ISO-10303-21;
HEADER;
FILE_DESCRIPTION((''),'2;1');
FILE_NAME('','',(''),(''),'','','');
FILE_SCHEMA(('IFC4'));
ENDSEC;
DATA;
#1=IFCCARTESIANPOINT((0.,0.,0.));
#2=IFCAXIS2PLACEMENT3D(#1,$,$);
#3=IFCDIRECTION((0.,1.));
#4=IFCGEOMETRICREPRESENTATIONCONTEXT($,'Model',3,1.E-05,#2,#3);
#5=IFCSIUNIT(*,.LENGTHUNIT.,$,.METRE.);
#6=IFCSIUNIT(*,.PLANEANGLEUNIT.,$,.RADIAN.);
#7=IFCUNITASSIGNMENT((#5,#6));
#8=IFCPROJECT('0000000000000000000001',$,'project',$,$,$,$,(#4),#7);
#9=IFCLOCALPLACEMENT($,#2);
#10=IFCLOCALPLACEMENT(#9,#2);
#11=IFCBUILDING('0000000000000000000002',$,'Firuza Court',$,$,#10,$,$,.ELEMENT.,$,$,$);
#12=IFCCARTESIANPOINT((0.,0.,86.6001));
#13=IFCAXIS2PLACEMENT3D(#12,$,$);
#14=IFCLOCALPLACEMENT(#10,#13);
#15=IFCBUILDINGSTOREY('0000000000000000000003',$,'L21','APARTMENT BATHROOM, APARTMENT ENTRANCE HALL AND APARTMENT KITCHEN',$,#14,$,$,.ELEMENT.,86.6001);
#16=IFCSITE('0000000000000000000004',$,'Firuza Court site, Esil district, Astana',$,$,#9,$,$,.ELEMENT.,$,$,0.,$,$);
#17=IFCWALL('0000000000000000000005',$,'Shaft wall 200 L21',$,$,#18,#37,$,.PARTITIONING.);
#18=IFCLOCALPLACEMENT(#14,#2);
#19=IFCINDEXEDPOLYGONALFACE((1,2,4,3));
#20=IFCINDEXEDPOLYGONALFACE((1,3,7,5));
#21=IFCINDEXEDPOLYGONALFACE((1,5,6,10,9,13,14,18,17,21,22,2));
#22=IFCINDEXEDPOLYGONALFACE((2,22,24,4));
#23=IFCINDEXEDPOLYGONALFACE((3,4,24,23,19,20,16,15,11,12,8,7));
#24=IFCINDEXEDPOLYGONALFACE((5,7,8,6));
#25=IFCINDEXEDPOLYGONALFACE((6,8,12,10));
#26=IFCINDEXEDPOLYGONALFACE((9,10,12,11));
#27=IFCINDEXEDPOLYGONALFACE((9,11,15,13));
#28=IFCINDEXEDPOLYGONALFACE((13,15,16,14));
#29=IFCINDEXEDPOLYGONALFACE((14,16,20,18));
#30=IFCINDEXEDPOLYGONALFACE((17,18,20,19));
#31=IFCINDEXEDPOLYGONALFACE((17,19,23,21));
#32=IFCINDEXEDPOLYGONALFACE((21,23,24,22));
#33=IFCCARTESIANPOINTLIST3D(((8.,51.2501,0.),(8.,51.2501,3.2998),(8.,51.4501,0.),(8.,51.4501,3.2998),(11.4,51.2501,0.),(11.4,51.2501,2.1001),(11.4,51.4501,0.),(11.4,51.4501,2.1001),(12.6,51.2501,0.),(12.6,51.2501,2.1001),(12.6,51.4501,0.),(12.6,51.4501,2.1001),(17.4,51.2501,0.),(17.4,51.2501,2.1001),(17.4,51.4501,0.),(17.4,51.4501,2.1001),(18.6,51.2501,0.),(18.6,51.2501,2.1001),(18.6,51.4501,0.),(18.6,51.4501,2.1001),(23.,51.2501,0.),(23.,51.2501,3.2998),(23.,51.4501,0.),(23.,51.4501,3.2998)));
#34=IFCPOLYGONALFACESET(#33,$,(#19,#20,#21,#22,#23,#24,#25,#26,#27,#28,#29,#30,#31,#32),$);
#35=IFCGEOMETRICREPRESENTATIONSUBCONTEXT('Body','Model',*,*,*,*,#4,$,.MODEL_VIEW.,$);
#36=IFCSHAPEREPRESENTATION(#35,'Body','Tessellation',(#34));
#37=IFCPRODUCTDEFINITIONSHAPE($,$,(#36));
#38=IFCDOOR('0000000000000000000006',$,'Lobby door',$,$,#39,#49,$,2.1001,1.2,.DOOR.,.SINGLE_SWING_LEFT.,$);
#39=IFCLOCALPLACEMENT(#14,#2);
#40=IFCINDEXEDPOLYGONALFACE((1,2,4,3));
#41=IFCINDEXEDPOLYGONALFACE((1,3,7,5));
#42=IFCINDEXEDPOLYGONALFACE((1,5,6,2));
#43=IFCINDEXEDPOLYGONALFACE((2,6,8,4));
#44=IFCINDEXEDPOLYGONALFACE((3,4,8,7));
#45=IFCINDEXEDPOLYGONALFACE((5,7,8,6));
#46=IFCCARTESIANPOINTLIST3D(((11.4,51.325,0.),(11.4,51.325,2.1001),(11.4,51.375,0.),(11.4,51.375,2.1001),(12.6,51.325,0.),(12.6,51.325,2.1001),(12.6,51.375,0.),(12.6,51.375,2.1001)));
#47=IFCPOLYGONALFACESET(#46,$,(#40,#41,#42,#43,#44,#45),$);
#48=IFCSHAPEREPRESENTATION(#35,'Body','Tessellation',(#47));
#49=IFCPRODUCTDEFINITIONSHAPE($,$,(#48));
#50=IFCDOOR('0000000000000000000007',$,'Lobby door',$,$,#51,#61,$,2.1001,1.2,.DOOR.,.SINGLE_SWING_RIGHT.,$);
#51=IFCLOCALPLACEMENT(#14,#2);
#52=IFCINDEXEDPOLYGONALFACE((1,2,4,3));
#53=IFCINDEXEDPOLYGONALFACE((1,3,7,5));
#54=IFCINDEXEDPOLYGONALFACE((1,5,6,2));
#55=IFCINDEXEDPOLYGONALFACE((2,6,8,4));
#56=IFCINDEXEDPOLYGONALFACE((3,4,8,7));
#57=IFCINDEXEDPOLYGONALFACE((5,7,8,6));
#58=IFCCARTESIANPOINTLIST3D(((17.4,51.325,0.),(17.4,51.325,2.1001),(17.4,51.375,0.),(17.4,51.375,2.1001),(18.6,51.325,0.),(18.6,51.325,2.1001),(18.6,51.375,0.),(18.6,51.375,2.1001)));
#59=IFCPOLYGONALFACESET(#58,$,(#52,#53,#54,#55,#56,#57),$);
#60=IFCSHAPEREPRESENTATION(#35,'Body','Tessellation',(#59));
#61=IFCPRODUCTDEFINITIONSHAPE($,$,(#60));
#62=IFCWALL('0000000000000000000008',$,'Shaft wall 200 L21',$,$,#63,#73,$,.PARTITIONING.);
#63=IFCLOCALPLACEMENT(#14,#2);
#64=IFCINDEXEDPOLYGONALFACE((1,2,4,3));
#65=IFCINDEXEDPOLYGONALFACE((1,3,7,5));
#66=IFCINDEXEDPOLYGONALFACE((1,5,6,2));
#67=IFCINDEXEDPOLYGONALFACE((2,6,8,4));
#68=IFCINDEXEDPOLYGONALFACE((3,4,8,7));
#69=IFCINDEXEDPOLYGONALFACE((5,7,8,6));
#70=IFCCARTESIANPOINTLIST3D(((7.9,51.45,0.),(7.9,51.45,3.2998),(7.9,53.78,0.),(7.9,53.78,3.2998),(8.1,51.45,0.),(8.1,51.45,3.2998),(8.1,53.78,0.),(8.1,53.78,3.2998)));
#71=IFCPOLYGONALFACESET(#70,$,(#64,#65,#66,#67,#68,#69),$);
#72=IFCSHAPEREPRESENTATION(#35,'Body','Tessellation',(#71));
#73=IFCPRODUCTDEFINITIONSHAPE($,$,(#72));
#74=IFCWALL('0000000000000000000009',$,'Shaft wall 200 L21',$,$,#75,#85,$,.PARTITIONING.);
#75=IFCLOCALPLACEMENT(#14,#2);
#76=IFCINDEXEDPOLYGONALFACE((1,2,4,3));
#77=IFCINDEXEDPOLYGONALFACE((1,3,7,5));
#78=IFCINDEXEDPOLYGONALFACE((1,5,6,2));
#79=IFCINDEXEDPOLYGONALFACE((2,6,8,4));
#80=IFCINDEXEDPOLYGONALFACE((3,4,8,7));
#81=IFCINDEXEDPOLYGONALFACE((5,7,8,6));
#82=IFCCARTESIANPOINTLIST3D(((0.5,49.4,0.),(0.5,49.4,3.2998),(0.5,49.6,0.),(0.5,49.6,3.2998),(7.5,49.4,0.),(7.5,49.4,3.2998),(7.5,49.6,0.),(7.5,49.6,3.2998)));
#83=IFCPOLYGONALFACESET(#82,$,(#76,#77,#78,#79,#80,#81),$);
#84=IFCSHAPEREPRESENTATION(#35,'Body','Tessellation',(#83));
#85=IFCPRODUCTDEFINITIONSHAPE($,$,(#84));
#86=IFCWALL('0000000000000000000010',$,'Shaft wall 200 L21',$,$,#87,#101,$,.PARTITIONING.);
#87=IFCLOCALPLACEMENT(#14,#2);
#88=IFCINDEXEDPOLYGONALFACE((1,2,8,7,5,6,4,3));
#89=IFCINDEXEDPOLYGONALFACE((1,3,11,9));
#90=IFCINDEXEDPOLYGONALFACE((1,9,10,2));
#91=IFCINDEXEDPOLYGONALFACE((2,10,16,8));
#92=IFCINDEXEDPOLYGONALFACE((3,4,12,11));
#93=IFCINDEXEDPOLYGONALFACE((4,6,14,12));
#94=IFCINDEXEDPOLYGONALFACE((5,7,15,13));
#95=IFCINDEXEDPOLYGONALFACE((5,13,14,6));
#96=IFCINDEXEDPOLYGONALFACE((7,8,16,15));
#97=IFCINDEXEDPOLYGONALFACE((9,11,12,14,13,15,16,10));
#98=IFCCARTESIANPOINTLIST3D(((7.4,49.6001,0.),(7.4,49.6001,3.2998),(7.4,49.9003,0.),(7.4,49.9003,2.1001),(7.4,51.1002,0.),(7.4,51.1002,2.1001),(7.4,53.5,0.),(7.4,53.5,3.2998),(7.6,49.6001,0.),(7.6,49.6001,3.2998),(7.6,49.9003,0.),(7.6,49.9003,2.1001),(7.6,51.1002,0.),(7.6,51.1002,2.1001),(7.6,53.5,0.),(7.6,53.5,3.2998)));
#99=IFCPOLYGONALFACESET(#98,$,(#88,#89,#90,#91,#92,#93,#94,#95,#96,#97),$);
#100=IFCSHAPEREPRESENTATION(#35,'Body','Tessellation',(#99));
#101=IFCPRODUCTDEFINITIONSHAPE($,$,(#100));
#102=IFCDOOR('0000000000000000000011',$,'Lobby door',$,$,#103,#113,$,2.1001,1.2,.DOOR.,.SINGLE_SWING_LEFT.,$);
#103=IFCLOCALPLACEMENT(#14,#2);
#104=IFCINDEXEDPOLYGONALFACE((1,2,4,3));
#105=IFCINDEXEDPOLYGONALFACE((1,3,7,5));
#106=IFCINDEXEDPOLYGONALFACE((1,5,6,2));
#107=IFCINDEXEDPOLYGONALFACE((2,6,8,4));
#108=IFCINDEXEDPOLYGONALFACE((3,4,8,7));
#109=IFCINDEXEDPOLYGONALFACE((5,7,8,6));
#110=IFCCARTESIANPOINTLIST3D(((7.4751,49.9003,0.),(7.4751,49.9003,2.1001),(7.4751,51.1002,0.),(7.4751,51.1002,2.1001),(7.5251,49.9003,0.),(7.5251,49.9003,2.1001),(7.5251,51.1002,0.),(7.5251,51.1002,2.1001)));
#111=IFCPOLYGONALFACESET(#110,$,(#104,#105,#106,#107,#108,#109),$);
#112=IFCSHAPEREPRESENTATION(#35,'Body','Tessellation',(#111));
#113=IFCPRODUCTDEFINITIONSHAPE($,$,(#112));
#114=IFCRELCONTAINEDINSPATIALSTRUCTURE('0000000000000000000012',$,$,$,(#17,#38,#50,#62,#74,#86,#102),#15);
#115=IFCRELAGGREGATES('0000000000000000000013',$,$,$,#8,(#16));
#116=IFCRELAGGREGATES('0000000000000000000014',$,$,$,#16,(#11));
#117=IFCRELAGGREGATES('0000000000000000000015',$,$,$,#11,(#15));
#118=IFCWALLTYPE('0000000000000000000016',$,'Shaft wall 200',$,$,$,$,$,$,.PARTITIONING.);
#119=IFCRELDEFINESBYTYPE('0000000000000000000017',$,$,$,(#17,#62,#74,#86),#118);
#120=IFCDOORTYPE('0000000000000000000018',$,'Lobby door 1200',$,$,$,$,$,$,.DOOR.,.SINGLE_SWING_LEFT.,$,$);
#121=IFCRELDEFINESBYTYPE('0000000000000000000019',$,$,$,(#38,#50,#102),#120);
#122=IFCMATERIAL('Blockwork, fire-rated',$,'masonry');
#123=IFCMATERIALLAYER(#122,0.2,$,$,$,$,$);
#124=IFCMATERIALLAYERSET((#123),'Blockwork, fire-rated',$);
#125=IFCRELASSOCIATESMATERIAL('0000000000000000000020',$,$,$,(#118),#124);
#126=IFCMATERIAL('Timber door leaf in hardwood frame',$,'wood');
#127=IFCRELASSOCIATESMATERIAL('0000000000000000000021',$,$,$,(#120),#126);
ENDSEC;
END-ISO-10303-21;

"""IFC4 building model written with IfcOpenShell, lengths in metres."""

from ifc_helpers import new_model, si_unit, direction, frame, frame_2d, origin, place, context, subcontext, project, spatial, rectangle, extrude, material, layer, layer_set, type_object, element, fill, save


model = new_model("IFC4")

# Units and contexts
model_context = context("Model", 3, precision=1e-05, world=origin(), true_north=direction((0.0, 1.0)))
body_context = subcontext(model_context, "Body", "Model", "MODEL_VIEW")
ifc_project = project(units=[si_unit("LENGTHUNIT", "METRE"), si_unit("PLANEANGLEUNIT", "RADIAN")], contexts=[model_context])

# Site, building, storey
site_placement = place(None, origin())
site = spatial("IfcSite", under=ifc_project, at=site_placement, Name="Firuza Court site, Esil district, Astana", CompositionType="ELEMENT", RefElevation=0.0)
building_placement = place(site_placement, origin())
building = spatial("IfcBuilding", under=site, at=building_placement, Name="Firuza Court", CompositionType="ELEMENT")
storey_placement = place(building_placement, frame((0.0, 0.0, 86.6001)))
storey = spatial("IfcBuildingStorey", under=building, at=storey_placement, Name="L21", Description="APARTMENT BATHROOM, APARTMENT ENTRANCE HALL AND APARTMENT KITCHEN", CompositionType="ELEMENT", Elevation=86.6001)

# Wall, openings, doors
ifc_material_1 = material(Name="Blockwork, fire-rated", Category="masonry")
ifc_layer_1 = layer(ifc_material_1, 0.2)
ifc_layer_set_1 = layer_set([ifc_layer_1], Name="Blockwork, fire-rated")
wall_type_1 = type_object("IfcWallType", Name="Shaft wall 200", PredefinedType="PARTITIONING", material=ifc_layer_set_1)
wall_1_placement = place(storey_placement, frame((8.0, 51.3501, 0.0), z_axis=(0.0, 0.0, 1.0), x_axis=(1.0, 0.0, 0.0)))
wall_1 = element("IfcWall", 1, at=wall_1_placement, inside=storey, type_object=wall_type_1, Name="Shaft wall 200 L21", PredefinedType="PARTITIONING", context=body_context, shape_type="SweptSolid", body=[
    extrude(rectangle(XDim=15.0, YDim=0.2, at=frame_2d((7.5, 0.0))), origin(), (0.0, 0.0, 1.0), 3.2998),
])
opening_1_placement = place(wall_1_placement, frame((3.3999, 0.0, 0.0)))
opening_1 = element("IfcOpeningElement", 2, at=opening_1_placement, cuts=wall_1, PredefinedType="OPENING", context=body_context, shape_type="SweptSolid", body=[
    extrude(rectangle(XDim=1.2, YDim=2.1001, at=frame_2d((0.6001, 1.05))), frame((0.0, 0.1118, 0.0), z_axis=(0.0, -1.0, 0.0), x_axis=(1.0, 0.0, 0.0)), (0.0, 0.0, 1.0), 0.2239),
])
opening_2_placement = place(wall_1_placement, frame((9.3999, 0.0, 0.0)))
opening_2 = element("IfcOpeningElement", 3, at=opening_2_placement, cuts=wall_1, PredefinedType="OPENING", context=body_context, shape_type="SweptSolid", body=[
    extrude(rectangle(XDim=1.2, YDim=2.1001, at=frame_2d((0.6001, 1.05))), frame((0.0, 0.1118, 0.0), z_axis=(0.0, -1.0, 0.0), x_axis=(1.0, 0.0, 0.0)), (0.0, 0.0, 1.0), 0.2239),
])
ifc_material_2 = material(Name="Timber door leaf in hardwood frame", Category="wood")
door_type_1 = type_object("IfcDoorType", Name="Lobby door 1200", OperationType="SINGLE_SWING_LEFT", PredefinedType="DOOR", material=ifc_material_2)
door_1_placement = place(opening_1_placement, origin())
door_1 = element("IfcDoor", 4, at=door_1_placement, inside=storey, type_object=door_type_1, Name="Lobby door", OperationType="SINGLE_SWING_LEFT", OverallHeight=2.1001, OverallWidth=1.2, PredefinedType="DOOR", context=body_context, shape_type="SweptSolid", body=[
    extrude(rectangle(XDim=1.2, YDim=2.1001, at=frame_2d((0.6001, 1.05))), frame((0.0, 0.0249, 0.0), z_axis=(0.0, -1.0, 0.0), x_axis=(1.0, 0.0, 0.0)), (0.0, 0.0, 1.0), 0.05),
])
fill(opening_1, door_1)
door_2_placement = place(opening_2_placement, origin())
door_2 = element("IfcDoor", 5, at=door_2_placement, inside=storey, type_object=door_type_1, Name="Lobby door", OperationType="SINGLE_SWING_RIGHT", OverallHeight=2.1001, OverallWidth=1.2, PredefinedType="DOOR", context=body_context, shape_type="SweptSolid", body=[
    extrude(rectangle(XDim=1.2, YDim=2.1001, at=frame_2d((0.6001, 1.05))), frame((0.0, 0.0249, 0.0), z_axis=(0.0, -1.0, 0.0), x_axis=(1.0, 0.0, 0.0)), (0.0, 0.0, 1.0), 0.05),
])
fill(opening_2, door_2)

# Walls
wall_2_placement = place(storey_placement, frame((8.0, 51.45, 0.0), z_axis=(0.0, 0.0, 1.0), x_axis=(0.0, 1.0, 0.0)))
element("IfcWall", 6, at=wall_2_placement, inside=storey, type_object=wall_type_1, Name="Shaft wall 200 L21", PredefinedType="PARTITIONING", context=body_context, shape_type="SweptSolid", body=[
    extrude(rectangle(XDim=2.3301, YDim=0.2, at=frame_2d((1.165, 0.0))), origin(), (0.0, 0.0, 1.0), 3.2998),
])
wall_3_placement = place(storey_placement, frame((0.5, 49.5, 0.0), z_axis=(0.0, 0.0, 1.0), x_axis=(1.0, 0.0, 0.0)))
element("IfcWall", 7, at=wall_3_placement, inside=storey, type_object=wall_type_1, Name="Shaft wall 200 L21", PredefinedType="PARTITIONING", context=body_context, shape_type="SweptSolid", body=[
    extrude(rectangle(XDim=7.0, YDim=0.2, at=frame_2d((3.5, 0.0))), origin(), (0.0, 0.0, 1.0), 3.2998),
])

# Wall, opening, door
wall_4_placement = place(storey_placement, frame((7.5, 49.6001, 0.0), z_axis=(0.0, 0.0, 1.0), x_axis=(0.0, 1.0, 0.0)))
wall_4 = element("IfcWall", 8, at=wall_4_placement, inside=storey, type_object=wall_type_1, Name="Shaft wall 200 L21", PredefinedType="PARTITIONING", context=body_context, shape_type="SweptSolid", body=[
    extrude(rectangle(XDim=3.8999, YDim=0.2, at=frame_2d((1.95, 0.0))), origin(), (0.0, 0.0, 1.0), 3.2998),
])
opening_3_placement = place(wall_4_placement, frame((0.3, 0.0, 0.0)))
opening_3 = element("IfcOpeningElement", 9, at=opening_3_placement, cuts=wall_4, PredefinedType="OPENING", context=body_context, shape_type="SweptSolid", body=[
    extrude(rectangle(XDim=1.2, YDim=2.1001, at=frame_2d((0.6001, 1.05))), frame((0.0, 0.1118, 0.0), z_axis=(0.0, -1.0, 0.0), x_axis=(1.0, 0.0, 0.0)), (0.0, 0.0, 1.0), 0.2239),
])
door_3_placement = place(opening_3_placement, origin())
door_3 = element("IfcDoor", 10, at=door_3_placement, inside=storey, type_object=door_type_1, Name="Lobby door", OperationType="SINGLE_SWING_LEFT", OverallHeight=2.1001, OverallWidth=1.2, PredefinedType="DOOR", context=body_context, shape_type="SweptSolid", body=[
    extrude(rectangle(XDim=1.2, YDim=2.1001, at=frame_2d((0.6001, 1.05))), frame((0.0, 0.0249, 0.0), z_axis=(0.0, -1.0, 0.0), x_axis=(1.0, 0.0, 0.0)), (0.0, 0.0, 1.0), 0.05),
])
fill(opening_3, door_3)

save(model, "model.ifc")
